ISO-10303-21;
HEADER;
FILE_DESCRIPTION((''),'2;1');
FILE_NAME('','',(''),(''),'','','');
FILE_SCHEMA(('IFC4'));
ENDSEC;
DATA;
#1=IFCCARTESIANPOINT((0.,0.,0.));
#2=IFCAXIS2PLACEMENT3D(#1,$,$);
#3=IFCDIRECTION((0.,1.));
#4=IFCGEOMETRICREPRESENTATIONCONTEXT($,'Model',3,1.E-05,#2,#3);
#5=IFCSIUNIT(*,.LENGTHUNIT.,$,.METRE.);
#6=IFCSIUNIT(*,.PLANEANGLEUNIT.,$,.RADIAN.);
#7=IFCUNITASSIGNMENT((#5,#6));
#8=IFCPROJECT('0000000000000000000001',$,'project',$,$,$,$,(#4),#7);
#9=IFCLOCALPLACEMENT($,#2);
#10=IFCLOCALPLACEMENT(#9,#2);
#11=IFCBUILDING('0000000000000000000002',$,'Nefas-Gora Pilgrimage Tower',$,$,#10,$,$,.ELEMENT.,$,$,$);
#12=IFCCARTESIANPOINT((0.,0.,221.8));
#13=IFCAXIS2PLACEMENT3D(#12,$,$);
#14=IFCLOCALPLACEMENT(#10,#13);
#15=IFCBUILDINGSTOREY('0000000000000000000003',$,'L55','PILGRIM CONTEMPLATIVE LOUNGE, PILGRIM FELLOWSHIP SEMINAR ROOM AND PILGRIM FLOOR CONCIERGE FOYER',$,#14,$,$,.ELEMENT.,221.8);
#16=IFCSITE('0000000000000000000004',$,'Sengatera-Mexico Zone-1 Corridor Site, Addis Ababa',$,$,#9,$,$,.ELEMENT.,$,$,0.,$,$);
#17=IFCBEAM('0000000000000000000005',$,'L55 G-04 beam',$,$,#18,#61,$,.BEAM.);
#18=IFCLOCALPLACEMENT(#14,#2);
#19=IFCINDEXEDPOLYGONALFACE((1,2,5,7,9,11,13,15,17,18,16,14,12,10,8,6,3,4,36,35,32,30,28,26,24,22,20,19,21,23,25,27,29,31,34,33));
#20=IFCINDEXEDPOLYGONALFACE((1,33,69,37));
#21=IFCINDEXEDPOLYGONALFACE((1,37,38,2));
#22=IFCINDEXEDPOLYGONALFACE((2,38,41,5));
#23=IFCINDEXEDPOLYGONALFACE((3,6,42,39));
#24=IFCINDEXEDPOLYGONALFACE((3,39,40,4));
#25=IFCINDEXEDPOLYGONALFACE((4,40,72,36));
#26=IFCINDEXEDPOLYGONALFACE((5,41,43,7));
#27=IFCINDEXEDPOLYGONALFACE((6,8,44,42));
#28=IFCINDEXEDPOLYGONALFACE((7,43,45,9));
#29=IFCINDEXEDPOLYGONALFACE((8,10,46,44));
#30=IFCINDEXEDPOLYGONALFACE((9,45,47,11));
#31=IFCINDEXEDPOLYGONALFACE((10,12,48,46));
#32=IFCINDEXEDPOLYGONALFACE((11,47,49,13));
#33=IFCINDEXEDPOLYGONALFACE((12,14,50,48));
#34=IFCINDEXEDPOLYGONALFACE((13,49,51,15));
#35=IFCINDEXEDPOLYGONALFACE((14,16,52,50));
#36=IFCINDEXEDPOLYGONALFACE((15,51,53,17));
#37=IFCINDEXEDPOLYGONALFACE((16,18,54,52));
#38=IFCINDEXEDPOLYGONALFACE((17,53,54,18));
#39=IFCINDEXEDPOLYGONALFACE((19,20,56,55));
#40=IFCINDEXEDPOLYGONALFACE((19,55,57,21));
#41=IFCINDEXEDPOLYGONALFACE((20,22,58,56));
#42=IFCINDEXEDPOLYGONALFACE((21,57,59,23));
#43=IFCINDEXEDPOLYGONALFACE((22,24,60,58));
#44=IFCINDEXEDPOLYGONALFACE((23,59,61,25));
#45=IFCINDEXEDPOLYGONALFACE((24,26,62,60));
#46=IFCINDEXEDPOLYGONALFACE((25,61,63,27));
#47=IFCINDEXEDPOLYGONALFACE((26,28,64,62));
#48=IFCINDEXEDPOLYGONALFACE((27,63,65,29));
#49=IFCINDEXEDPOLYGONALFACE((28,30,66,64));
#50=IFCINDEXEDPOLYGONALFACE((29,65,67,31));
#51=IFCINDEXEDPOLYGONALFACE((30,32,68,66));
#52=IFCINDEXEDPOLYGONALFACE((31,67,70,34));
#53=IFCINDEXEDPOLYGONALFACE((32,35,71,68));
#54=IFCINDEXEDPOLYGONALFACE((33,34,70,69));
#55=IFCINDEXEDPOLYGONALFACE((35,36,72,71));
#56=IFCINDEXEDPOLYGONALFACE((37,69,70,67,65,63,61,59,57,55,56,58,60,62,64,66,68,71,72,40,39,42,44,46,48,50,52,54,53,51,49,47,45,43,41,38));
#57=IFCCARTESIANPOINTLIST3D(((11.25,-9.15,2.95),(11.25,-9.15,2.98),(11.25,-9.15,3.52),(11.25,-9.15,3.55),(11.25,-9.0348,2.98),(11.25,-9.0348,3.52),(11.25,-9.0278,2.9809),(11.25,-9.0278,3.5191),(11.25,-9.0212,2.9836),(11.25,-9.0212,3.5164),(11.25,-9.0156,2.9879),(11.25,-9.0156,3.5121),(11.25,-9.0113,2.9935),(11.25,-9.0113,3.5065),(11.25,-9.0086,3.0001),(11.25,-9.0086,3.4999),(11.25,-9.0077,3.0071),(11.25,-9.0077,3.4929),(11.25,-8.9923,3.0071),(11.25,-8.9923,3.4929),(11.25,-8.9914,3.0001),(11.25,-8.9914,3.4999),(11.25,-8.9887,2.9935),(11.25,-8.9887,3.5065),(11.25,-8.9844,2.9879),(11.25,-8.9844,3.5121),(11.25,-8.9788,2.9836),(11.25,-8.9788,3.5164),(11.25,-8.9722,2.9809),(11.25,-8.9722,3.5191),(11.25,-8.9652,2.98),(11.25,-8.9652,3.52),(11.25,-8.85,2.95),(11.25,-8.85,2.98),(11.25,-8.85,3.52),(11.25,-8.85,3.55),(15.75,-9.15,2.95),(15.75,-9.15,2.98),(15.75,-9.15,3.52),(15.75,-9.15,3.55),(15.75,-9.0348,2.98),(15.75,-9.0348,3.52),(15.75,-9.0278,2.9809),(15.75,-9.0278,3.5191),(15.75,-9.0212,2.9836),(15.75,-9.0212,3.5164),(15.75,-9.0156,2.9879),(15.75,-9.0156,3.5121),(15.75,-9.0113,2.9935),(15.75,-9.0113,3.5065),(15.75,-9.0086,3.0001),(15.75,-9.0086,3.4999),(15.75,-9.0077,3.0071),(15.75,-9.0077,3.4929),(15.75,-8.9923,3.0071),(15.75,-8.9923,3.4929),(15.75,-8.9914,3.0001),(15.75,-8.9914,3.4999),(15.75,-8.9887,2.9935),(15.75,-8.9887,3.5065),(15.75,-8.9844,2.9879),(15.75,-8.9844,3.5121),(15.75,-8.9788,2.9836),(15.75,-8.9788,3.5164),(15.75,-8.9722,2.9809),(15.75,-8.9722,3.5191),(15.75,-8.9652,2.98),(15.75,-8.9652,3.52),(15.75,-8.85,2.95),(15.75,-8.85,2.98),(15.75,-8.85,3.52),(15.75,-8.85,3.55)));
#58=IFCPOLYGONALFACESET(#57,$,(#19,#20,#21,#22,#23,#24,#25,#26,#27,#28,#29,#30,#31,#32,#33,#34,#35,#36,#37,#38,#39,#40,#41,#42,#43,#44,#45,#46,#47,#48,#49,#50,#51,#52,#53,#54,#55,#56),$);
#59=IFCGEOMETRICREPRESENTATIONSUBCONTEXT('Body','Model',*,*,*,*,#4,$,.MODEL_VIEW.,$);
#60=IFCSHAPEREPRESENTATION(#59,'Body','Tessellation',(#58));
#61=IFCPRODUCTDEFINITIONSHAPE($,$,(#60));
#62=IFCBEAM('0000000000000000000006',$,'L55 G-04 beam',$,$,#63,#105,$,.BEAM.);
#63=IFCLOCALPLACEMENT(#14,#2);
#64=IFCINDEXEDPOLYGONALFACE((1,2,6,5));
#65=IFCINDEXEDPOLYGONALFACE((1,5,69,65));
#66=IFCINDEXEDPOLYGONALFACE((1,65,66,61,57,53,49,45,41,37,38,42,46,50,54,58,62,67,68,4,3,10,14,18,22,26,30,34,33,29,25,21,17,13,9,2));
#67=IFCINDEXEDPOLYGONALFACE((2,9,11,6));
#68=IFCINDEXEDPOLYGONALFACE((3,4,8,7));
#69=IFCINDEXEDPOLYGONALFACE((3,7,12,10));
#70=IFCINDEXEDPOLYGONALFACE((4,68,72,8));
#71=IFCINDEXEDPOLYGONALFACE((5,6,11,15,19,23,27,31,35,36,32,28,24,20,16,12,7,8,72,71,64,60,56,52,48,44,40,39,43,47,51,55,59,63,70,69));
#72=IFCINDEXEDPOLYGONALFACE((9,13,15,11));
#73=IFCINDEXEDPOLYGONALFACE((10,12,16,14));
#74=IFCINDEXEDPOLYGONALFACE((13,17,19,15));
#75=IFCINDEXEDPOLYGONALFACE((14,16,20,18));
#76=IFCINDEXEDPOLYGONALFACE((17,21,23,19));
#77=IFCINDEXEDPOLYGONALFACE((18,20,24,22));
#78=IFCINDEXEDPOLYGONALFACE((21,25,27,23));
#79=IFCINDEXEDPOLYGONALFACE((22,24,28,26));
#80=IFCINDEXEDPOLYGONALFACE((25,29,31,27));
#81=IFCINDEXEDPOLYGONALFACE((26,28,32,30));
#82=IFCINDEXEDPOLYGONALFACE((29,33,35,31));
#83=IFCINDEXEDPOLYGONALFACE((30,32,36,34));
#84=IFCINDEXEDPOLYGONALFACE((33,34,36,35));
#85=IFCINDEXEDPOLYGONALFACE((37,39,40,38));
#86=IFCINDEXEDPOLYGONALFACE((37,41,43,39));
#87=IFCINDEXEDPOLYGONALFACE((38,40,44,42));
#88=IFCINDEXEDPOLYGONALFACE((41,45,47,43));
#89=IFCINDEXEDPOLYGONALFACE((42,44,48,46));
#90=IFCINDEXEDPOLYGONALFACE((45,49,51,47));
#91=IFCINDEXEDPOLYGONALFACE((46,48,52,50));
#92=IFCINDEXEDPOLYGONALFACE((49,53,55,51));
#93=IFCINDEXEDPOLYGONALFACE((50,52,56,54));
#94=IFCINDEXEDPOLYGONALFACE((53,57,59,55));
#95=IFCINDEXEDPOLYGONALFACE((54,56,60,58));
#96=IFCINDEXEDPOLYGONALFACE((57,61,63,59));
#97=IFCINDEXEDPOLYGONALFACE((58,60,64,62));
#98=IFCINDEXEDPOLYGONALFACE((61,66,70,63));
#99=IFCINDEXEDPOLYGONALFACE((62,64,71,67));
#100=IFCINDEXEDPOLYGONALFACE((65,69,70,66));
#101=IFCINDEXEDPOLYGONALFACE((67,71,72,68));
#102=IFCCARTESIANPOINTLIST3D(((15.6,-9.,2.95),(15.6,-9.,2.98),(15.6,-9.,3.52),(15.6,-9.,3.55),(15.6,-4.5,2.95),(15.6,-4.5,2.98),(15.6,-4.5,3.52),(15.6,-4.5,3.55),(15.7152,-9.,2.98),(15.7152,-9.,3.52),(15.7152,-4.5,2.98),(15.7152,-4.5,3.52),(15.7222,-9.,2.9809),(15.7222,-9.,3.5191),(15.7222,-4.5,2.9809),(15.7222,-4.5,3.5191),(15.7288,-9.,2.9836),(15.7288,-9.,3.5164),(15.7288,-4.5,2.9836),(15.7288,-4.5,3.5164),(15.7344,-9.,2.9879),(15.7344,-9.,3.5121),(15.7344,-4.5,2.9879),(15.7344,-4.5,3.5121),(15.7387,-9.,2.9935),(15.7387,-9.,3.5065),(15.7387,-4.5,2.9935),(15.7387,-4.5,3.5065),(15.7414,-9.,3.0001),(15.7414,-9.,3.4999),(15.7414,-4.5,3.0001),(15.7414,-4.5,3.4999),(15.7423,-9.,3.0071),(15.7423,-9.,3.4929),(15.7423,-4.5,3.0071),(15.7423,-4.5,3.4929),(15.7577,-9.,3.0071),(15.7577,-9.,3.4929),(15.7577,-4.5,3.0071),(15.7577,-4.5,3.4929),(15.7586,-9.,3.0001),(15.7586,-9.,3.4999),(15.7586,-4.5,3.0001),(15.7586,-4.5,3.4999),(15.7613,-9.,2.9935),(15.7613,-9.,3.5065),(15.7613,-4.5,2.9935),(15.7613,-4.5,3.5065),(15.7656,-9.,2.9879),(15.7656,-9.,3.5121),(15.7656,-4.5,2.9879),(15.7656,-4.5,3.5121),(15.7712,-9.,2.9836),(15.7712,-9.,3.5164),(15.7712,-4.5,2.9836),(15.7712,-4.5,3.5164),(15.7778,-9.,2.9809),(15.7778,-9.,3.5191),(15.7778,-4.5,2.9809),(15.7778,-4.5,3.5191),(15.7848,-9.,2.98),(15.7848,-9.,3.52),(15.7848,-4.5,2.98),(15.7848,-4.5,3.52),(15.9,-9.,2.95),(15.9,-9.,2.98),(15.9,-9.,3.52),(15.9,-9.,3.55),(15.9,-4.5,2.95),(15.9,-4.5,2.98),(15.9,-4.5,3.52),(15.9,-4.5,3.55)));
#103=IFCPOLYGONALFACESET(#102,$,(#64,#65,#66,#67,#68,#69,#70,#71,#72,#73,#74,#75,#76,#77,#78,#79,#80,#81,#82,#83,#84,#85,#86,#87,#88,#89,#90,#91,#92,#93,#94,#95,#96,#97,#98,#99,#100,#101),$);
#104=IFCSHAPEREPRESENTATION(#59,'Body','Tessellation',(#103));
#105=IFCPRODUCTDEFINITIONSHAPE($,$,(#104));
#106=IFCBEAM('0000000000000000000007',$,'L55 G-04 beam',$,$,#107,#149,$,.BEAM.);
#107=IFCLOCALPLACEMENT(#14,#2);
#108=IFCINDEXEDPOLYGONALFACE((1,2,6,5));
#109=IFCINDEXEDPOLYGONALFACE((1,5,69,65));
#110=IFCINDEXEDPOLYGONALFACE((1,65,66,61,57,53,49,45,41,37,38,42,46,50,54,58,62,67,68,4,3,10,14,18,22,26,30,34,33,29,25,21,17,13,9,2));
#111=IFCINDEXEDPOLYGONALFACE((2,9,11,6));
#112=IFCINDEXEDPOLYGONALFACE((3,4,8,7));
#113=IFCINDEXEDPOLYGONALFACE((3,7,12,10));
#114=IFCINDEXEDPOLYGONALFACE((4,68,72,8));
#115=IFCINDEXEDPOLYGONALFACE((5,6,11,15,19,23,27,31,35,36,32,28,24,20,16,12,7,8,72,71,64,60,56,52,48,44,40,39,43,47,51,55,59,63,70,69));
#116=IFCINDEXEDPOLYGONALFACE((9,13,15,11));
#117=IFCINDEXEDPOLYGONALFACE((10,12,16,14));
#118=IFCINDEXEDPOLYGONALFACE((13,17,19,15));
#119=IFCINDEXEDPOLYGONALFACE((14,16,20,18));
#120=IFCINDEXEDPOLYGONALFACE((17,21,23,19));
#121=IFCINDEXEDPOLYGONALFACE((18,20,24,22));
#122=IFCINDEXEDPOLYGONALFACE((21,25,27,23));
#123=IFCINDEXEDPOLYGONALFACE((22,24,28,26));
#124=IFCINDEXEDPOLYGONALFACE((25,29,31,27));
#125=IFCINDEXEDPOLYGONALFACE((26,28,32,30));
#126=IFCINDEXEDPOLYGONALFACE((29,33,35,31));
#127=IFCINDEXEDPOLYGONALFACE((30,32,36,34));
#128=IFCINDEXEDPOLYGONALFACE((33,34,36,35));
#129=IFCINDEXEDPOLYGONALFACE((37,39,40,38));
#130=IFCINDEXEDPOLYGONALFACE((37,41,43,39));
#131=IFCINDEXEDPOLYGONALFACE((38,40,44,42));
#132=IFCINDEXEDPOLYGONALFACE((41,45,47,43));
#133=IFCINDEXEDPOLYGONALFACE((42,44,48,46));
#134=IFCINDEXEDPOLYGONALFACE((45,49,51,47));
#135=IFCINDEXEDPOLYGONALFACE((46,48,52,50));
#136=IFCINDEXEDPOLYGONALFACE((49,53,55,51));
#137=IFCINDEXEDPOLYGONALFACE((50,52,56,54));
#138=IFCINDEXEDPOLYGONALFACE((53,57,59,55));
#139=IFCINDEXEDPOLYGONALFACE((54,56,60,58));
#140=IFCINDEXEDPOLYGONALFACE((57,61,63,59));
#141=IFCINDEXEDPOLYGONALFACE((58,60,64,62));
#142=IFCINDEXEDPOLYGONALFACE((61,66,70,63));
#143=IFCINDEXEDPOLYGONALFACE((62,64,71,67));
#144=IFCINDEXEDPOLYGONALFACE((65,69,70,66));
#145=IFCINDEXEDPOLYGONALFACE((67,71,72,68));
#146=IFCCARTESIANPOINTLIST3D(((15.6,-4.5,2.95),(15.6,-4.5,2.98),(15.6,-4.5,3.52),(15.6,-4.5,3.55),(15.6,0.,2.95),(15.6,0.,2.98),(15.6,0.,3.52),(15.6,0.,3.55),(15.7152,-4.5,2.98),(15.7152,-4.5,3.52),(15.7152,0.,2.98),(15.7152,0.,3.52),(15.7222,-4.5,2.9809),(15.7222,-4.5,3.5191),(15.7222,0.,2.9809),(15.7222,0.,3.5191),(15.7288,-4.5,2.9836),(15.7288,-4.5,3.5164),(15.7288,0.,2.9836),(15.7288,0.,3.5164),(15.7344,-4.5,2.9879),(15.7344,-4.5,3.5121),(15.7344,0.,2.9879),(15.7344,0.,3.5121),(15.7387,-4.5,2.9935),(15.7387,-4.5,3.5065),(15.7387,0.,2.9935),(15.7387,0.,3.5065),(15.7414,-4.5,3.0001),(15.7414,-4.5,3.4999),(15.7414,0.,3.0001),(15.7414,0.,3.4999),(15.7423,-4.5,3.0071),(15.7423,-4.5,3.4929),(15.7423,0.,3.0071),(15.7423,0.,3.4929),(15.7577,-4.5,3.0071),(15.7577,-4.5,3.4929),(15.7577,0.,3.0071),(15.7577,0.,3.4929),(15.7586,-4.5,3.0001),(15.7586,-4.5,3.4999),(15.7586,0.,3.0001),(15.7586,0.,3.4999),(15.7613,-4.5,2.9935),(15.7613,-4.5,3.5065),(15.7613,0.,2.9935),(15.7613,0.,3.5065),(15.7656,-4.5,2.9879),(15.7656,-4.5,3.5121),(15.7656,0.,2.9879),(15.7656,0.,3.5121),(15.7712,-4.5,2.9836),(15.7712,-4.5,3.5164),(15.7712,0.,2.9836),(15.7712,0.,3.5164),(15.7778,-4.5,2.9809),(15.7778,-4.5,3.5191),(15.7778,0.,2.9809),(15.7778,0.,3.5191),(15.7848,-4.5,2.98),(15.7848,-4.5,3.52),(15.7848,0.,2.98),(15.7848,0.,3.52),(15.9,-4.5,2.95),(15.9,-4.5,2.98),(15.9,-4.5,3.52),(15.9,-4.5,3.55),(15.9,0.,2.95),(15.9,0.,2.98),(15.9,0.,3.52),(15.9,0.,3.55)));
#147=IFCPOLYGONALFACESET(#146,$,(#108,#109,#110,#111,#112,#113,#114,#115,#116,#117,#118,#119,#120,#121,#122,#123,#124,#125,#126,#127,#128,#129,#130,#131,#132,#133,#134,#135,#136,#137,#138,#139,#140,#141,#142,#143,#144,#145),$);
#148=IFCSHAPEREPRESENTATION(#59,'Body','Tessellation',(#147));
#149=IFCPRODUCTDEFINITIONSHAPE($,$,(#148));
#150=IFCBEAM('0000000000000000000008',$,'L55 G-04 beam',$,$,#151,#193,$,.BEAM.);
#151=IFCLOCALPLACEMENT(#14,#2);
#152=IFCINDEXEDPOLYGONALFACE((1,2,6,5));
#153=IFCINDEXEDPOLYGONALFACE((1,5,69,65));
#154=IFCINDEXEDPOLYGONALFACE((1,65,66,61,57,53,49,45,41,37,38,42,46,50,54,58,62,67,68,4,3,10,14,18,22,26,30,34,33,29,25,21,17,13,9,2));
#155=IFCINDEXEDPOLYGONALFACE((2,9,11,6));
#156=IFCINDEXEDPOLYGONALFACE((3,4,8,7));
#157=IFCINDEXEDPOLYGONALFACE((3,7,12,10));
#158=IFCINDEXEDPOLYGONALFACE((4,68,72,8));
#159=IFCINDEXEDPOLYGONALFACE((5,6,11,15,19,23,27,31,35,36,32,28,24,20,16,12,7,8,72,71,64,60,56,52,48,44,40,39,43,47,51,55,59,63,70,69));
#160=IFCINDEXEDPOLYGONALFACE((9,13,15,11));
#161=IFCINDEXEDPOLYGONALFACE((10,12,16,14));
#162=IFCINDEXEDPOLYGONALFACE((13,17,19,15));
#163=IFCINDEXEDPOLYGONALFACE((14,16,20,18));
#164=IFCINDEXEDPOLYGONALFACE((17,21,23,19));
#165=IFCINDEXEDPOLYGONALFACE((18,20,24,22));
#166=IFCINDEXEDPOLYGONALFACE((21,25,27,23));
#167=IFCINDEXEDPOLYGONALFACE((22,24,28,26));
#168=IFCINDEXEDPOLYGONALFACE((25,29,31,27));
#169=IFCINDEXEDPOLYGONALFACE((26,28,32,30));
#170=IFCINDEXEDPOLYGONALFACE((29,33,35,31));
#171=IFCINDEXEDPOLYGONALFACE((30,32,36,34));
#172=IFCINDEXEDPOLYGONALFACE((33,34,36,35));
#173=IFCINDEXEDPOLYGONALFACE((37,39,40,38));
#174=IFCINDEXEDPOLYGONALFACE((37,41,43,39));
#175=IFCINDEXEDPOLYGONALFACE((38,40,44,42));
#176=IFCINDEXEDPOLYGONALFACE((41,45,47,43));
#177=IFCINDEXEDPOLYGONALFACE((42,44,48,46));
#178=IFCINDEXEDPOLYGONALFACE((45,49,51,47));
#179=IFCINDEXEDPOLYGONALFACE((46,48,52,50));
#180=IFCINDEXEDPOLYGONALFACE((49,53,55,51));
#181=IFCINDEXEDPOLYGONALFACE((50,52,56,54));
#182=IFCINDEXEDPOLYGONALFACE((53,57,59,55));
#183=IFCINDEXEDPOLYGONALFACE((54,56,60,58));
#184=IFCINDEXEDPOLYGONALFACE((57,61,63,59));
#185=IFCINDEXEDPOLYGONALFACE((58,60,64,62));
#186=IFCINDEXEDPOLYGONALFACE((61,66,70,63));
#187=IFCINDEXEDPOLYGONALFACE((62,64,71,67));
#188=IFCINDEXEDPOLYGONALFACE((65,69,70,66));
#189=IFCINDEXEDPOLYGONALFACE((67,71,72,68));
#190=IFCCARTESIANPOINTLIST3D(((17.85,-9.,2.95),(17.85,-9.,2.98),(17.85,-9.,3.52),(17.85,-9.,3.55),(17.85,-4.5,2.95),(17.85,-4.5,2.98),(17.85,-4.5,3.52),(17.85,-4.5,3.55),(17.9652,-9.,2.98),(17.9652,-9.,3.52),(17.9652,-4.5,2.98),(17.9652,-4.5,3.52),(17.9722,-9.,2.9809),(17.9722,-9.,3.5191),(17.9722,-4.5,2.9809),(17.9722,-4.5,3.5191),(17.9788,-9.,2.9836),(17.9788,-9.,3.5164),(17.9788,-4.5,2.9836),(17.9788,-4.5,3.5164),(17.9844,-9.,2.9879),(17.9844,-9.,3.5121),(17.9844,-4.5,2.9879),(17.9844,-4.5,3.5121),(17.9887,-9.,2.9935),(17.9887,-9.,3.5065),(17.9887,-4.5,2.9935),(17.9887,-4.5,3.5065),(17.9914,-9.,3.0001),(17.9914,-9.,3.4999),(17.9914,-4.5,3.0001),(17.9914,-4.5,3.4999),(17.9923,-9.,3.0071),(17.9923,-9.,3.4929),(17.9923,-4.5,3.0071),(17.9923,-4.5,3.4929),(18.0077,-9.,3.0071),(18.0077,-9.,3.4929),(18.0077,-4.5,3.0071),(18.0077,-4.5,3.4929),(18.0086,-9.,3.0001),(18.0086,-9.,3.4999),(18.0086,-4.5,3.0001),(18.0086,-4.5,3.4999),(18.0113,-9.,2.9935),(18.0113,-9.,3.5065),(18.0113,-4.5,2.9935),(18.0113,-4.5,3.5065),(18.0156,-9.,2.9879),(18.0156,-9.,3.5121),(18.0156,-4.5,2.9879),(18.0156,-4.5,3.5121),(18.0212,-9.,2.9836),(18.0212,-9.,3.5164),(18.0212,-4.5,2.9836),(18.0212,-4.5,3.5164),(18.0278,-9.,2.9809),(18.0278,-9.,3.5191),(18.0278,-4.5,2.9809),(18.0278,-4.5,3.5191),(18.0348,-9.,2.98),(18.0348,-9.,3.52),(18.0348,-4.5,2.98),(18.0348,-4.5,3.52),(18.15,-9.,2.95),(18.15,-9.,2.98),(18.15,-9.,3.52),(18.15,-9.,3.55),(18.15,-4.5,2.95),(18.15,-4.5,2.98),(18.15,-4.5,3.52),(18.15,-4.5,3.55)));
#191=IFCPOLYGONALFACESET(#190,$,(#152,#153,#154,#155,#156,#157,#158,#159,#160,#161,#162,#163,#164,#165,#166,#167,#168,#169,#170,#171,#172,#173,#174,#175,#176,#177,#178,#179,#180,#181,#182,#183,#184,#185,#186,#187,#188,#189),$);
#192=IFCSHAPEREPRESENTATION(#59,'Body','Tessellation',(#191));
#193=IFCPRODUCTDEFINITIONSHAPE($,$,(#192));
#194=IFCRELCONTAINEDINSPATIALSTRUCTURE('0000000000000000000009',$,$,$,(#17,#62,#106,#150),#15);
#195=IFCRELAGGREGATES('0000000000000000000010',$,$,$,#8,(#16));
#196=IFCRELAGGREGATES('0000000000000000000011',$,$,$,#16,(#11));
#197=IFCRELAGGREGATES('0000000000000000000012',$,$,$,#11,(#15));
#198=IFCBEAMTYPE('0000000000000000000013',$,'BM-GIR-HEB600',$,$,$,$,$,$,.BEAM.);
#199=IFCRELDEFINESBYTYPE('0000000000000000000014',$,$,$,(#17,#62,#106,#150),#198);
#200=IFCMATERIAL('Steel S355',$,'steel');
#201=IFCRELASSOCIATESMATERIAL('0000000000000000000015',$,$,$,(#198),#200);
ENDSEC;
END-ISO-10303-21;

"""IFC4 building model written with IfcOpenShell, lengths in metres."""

from ifc_helpers import new_model, si_unit, direction, frame, origin, origin_2d, place, context, subcontext, project, spatial, i_section, extrude, source, transform, mapped, material, material_profile, profile_set, type_object, element, save


model = new_model("IFC4")

# Units and contexts
model_context = context("Model", 3, precision=1e-05, world=origin(), true_north=direction((0.0, 1.0)))
body_context = subcontext(model_context, "Body", "Model", "MODEL_VIEW")
ifc_project = project(units=[si_unit("LENGTHUNIT", "METRE"), si_unit("PLANEANGLEUNIT", "RADIAN")], contexts=[model_context])

# Site, building, storey
site_placement = place(None, origin())
site = spatial("IfcSite", under=ifc_project, at=site_placement, Name="Sengatera-Mexico Zone-1 Corridor Site, Addis Ababa", CompositionType="ELEMENT", RefElevation=0.0)
building_placement = place(site_placement, origin())
building = spatial("IfcBuilding", under=site, at=building_placement, Name="Nefas-Gora Pilgrimage Tower", CompositionType="ELEMENT")
storey_placement = place(building_placement, frame((0.0, 0.0, 221.8)))
storey = spatial("IfcBuildingStorey", under=building, at=storey_placement, Name="L55", Description="PILGRIM CONTEMPLATIVE LOUNGE, PILGRIM FELLOWSHIP SEMINAR ROOM AND PILGRIM FLOOR CONCIERGE FOYER", CompositionType="ELEMENT", Elevation=221.8)

# Beams
ifc_material_1 = material(Name="Steel S355", Category="steel")
ifc_material_profile_1 = material_profile(ifc_material_1, i_section(OverallWidth=0.3, OverallDepth=0.6001, WebThickness=0.0154, FlangeThickness=0.03, FilletRadius=0.0271, at=origin_2d()), Name="HEB 600")
ifc_profile_set_1 = profile_set([ifc_material_profile_1], Name="Steel S355")
beam_type_1 = type_object("IfcBeamType", Name="BM-GIR-HEB600", PredefinedType="BEAM", material=ifc_profile_set_1)
shared_shape_1 = source(origin(), body_context, "Body", "SweptSolid", [
    extrude(i_section(OverallWidth=0.3, OverallDepth=0.6001, WebThickness=0.0154, FlangeThickness=0.03, FilletRadius=0.0271, at=origin_2d()), origin(), (0.0, 0.0, 1.0), 4.5),
])
for number, where, z_axis, x_axis, name in (
    (1, (11.25, -9.0, 3.25), (1.0, 0.0, 0.0), (0.0, 1.0, 0.0), "L55 G-04 beam"),
    (2, (15.75, -9.0, 3.25), (0.0, 1.0, 0.0), (-1.0, 0.0, 0.0), "L55 G-04 beam"),
    (3, (15.75, -4.5, 3.25), (0.0, 1.0, 0.0), (-1.0, 0.0, 0.0), "L55 G-04 beam"),
    (4, (18.0, -9.0, 3.25), (0.0, 1.0, 0.0), (-1.0, 0.0, 0.0), "L55 G-04 beam"),
):
    element("IfcBeam", number, at=place(storey_placement, frame(where, z_axis=z_axis, x_axis=x_axis)), inside=storey, type_object=beam_type_1, Name=name, PredefinedType="BEAM", context=body_context, shape_type="MappedRepresentation", body=[
        mapped(shared_shape_1, transform((0.0, 0.0, 0.0), x_axis=(1.0, 0.0, 0.0), y_axis=(0.0, 1.0, 0.0), z_axis=(0.0, 0.0, 1.0), scale=1.0)),
    ])

save(model, "model.ifc")
